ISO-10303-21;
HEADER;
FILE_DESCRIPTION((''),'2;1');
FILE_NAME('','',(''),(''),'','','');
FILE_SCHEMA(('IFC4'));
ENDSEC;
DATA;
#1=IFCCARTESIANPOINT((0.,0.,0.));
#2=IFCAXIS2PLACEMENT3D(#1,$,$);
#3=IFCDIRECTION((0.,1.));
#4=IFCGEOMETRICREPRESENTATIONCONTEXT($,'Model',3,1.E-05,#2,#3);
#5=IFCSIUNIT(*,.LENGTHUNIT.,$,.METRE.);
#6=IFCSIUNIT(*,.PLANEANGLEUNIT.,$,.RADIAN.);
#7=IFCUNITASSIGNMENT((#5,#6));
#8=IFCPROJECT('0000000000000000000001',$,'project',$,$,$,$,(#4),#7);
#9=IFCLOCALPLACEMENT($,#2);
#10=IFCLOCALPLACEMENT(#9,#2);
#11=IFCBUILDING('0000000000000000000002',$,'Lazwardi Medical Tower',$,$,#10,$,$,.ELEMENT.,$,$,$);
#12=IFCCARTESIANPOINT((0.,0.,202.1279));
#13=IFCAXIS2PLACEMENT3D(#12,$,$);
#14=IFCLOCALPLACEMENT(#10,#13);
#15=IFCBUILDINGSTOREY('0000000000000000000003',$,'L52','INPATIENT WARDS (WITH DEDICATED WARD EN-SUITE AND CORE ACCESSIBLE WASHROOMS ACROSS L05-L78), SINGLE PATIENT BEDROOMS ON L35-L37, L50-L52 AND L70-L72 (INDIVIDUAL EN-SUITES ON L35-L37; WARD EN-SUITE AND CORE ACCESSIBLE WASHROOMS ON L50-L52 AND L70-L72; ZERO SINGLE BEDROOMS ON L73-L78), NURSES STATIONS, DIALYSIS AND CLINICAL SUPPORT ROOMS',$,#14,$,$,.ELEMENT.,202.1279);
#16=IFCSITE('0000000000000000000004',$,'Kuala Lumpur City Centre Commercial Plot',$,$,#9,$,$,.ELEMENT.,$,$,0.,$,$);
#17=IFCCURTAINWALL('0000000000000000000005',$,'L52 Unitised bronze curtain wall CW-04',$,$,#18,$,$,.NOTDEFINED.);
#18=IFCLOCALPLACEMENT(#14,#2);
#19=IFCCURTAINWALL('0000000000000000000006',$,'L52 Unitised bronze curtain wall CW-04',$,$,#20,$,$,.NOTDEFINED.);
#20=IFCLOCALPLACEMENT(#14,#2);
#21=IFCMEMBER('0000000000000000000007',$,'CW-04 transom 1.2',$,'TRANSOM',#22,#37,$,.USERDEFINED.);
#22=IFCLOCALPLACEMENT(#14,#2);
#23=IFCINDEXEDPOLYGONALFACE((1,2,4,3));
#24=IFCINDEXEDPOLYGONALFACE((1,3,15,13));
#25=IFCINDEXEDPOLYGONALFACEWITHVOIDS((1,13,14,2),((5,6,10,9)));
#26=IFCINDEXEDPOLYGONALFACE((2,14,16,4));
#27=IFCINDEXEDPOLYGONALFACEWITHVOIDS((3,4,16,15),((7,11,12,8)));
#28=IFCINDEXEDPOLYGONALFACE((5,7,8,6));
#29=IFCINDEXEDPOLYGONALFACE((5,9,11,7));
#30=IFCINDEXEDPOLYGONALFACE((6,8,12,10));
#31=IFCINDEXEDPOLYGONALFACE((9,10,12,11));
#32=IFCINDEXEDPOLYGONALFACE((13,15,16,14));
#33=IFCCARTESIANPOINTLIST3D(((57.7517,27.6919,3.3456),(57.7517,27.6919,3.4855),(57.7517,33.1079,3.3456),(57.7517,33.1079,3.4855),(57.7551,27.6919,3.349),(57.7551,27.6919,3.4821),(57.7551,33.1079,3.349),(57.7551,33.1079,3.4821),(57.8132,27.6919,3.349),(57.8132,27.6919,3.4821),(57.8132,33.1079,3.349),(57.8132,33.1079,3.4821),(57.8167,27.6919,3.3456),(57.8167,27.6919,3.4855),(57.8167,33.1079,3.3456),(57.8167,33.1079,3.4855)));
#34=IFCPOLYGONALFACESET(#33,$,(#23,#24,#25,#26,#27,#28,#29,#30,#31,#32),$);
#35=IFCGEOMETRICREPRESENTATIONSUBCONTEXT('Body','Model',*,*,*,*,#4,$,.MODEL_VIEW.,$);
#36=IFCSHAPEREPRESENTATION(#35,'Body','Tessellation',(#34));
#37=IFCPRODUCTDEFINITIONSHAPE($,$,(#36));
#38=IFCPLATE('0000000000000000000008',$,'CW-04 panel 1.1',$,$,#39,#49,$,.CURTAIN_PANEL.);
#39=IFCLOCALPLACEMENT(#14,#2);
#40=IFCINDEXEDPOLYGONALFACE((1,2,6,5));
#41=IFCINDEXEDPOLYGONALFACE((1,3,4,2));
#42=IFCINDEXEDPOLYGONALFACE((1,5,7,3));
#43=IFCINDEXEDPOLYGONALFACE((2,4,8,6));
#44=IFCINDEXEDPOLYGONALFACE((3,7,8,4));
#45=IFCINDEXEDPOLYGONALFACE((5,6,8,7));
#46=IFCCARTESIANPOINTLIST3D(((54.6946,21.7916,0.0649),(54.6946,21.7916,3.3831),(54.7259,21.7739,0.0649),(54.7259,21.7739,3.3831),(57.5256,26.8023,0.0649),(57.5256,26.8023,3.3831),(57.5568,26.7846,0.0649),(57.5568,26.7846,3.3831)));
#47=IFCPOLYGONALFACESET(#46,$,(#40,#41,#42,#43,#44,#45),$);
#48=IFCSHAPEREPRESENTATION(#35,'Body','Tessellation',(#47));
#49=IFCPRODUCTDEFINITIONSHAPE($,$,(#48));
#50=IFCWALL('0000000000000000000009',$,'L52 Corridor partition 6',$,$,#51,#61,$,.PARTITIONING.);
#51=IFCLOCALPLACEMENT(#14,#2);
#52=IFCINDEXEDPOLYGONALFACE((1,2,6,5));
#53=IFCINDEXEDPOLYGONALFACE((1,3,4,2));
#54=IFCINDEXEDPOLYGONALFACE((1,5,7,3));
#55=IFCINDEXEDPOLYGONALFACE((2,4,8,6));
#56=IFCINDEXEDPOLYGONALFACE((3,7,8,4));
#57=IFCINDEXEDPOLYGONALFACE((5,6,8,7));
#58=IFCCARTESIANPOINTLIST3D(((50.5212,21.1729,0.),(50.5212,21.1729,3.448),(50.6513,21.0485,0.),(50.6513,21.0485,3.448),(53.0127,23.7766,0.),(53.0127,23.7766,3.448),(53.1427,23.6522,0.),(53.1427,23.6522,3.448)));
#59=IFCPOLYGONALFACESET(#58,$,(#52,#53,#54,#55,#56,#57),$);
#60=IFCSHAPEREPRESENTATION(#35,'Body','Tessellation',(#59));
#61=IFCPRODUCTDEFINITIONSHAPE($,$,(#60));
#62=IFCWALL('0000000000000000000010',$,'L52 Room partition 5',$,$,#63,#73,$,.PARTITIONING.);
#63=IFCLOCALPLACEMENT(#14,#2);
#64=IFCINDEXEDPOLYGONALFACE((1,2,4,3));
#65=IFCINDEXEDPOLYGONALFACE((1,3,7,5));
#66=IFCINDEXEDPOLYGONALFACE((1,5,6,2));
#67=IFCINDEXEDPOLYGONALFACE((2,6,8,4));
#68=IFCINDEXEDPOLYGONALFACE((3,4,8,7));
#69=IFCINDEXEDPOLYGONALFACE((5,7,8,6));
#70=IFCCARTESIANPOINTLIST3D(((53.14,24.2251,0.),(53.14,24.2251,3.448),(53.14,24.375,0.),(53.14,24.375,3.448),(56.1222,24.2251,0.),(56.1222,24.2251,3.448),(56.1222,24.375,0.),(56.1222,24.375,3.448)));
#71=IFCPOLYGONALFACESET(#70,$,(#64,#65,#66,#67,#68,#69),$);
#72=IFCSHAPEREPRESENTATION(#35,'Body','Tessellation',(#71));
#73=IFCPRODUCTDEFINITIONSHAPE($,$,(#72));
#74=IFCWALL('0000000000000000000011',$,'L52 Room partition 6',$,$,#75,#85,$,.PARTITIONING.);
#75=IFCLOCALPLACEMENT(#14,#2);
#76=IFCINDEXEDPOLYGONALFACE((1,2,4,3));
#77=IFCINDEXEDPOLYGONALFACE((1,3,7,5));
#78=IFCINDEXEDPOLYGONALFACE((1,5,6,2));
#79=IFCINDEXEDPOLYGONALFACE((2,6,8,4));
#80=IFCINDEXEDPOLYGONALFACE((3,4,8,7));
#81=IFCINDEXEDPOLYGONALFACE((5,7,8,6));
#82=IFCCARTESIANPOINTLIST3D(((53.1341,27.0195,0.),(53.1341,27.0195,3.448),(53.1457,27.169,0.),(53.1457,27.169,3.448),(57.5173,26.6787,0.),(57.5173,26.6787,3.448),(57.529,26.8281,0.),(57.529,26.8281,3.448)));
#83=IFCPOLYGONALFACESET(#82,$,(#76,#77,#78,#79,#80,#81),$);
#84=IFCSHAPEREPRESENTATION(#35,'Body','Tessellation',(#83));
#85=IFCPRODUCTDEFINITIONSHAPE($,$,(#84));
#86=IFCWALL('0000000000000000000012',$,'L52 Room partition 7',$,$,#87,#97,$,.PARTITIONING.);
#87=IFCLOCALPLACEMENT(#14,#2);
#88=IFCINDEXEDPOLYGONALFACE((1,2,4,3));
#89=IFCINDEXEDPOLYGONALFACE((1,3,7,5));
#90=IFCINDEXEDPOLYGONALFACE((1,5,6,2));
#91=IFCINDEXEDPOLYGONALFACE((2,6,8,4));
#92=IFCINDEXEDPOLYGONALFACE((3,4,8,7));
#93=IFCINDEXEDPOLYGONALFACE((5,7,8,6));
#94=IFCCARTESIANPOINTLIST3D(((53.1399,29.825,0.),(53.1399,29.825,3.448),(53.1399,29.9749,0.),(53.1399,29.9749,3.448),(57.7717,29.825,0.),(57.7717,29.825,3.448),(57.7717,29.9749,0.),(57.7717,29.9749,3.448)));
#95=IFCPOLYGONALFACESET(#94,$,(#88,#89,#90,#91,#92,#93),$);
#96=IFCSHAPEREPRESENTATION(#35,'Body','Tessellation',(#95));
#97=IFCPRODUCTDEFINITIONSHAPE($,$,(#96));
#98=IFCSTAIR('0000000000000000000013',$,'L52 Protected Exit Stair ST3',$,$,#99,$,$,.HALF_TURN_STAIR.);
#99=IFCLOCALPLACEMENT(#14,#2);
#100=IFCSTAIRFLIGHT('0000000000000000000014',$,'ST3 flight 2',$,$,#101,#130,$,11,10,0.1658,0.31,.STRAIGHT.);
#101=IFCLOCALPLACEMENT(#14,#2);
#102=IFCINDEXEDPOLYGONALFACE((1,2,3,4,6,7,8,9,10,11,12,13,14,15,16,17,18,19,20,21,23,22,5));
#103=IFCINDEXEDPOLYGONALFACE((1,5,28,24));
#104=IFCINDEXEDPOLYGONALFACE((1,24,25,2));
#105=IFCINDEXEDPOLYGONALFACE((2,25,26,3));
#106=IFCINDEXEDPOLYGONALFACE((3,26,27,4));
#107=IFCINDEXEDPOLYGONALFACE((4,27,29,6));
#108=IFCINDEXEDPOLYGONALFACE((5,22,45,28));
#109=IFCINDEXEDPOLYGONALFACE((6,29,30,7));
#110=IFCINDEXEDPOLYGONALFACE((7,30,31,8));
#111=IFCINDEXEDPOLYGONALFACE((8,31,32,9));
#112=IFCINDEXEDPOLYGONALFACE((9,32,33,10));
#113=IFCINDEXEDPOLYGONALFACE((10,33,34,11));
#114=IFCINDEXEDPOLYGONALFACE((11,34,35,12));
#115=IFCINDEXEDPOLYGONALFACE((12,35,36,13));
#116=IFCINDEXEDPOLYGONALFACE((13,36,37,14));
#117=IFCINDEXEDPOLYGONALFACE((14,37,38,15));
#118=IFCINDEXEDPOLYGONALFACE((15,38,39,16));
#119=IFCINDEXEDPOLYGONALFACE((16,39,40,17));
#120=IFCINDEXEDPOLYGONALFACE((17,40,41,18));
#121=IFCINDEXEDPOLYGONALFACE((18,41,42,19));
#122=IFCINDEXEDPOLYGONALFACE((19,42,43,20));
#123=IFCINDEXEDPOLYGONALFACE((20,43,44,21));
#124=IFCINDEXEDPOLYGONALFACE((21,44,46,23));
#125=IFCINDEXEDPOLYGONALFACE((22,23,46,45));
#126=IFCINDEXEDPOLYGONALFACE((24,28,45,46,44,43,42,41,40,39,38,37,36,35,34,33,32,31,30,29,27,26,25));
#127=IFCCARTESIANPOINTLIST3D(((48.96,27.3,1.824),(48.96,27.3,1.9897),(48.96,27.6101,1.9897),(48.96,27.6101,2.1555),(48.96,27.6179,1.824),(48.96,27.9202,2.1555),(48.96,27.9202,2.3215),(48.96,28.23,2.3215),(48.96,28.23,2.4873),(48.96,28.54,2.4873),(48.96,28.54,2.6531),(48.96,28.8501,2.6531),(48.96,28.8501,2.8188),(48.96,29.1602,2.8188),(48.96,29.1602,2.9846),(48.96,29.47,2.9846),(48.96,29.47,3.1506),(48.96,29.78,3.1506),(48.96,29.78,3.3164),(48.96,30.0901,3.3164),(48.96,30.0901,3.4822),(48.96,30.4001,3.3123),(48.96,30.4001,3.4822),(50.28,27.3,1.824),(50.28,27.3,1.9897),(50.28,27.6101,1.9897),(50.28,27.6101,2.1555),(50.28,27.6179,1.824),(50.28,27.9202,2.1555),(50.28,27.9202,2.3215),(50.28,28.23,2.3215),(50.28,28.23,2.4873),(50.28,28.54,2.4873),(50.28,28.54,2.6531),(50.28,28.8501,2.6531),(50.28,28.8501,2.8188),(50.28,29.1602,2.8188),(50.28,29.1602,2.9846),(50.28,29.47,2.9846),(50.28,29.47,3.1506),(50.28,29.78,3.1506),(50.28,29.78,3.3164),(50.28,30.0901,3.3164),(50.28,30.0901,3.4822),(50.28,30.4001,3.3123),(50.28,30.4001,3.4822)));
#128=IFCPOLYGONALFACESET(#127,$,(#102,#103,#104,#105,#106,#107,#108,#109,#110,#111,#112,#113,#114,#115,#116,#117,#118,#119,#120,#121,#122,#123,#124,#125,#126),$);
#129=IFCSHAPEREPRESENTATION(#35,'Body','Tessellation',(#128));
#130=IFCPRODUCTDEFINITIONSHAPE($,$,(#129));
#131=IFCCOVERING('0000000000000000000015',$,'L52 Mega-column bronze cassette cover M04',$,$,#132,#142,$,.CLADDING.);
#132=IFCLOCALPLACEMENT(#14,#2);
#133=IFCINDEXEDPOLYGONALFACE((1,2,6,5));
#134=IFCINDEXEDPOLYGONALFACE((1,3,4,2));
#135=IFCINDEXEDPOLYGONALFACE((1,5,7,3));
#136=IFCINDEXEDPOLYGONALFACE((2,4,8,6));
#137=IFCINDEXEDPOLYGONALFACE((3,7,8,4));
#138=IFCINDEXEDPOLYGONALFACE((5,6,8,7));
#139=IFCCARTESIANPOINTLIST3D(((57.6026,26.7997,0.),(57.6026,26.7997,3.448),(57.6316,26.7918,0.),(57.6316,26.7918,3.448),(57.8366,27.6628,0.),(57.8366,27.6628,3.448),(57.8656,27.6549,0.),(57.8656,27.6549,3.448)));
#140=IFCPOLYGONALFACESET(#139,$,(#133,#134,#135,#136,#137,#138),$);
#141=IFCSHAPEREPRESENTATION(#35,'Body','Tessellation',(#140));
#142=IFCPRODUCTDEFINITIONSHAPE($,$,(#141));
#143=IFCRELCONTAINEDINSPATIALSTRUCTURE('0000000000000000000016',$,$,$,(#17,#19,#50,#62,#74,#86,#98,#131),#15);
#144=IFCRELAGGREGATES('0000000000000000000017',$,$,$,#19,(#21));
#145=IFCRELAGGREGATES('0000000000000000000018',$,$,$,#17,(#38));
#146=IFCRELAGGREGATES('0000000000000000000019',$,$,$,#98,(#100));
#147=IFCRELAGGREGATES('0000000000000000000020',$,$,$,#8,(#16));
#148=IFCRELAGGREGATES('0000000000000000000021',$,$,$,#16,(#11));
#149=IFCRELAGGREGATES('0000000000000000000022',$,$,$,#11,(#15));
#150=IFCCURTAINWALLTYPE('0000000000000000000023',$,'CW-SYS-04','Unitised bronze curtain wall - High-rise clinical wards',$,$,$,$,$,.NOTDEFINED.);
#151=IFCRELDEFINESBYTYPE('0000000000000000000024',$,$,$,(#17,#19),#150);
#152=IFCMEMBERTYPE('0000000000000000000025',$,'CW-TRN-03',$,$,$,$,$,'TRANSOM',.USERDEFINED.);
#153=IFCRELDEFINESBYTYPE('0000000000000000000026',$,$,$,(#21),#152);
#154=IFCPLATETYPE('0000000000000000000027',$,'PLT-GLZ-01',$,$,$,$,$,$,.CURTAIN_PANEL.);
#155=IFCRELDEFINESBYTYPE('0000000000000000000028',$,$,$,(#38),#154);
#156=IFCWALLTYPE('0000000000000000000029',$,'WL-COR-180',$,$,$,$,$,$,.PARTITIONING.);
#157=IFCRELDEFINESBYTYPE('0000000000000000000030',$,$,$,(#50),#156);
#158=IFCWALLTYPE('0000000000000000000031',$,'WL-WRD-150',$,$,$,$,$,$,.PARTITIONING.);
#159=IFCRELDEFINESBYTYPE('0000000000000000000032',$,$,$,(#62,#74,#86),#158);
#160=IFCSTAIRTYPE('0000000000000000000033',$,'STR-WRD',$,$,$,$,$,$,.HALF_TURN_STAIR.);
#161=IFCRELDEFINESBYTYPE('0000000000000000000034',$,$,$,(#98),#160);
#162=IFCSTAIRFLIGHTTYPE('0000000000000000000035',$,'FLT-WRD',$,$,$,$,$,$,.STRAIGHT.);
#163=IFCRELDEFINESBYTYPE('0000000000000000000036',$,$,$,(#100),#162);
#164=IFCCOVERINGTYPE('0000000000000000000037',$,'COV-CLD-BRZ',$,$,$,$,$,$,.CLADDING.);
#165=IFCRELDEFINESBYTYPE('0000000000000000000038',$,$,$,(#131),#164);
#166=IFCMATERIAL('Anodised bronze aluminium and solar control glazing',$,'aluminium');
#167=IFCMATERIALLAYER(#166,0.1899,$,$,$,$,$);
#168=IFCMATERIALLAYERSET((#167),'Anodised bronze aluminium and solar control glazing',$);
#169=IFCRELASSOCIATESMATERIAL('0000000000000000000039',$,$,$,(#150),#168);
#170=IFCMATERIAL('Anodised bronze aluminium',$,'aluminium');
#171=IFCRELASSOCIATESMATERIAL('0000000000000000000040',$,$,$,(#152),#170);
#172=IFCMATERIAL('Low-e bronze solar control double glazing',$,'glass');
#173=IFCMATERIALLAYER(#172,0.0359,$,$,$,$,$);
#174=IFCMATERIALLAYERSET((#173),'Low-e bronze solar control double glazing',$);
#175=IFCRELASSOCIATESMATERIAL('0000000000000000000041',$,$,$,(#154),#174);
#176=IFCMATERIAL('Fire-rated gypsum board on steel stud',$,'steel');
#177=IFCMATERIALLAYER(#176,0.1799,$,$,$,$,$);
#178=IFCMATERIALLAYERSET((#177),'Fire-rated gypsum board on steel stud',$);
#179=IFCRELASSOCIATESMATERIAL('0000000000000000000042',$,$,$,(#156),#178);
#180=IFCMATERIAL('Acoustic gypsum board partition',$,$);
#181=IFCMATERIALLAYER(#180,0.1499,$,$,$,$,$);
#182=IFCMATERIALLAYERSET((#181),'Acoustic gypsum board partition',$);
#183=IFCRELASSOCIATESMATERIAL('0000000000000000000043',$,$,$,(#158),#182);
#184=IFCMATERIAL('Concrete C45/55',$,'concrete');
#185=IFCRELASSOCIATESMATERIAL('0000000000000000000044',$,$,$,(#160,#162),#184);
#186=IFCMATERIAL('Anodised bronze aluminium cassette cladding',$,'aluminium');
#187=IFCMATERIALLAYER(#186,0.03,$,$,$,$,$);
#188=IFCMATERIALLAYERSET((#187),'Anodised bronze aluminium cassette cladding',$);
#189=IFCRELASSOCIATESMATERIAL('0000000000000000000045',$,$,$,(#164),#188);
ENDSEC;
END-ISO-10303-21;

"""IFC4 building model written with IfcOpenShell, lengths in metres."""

from ifc_helpers import new_model, si_unit, direction, frame, frame_2d, origin, origin_2d, place, context, subcontext, project, spatial, polyline, rectangle, hollow_rectangle, outline, extrude, material, layer, layer_set, material_profile, profile_set, type_object, element, aggregate, save


model = new_model("IFC4")

# Units and contexts
model_context = context("Model", 3, precision=1e-05, world=origin(), true_north=direction((0.0, 1.0)))
body_context = subcontext(model_context, "Body", "Model", "MODEL_VIEW")
ifc_project = project(units=[si_unit("LENGTHUNIT", "METRE"), si_unit("PLANEANGLEUNIT", "RADIAN")], contexts=[model_context])

# Site, building, storey
site_placement = place(None, origin())
site = spatial("IfcSite", under=ifc_project, at=site_placement, Name="Kuala Lumpur City Centre Commercial Plot", CompositionType="ELEMENT", RefElevation=0.0)
building_placement = place(site_placement, origin())
building = spatial("IfcBuilding", under=site, at=building_placement, Name="Lazwardi Medical Tower", CompositionType="ELEMENT")
storey_placement = place(building_placement, frame((0.0, 0.0, 202.1279)))
storey = spatial("IfcBuildingStorey", under=building, at=storey_placement, Name="L52", Description="INPATIENT WARDS (WITH DEDICATED WARD EN-SUITE AND CORE ACCESSIBLE WASHROOMS ACROSS L05-L78), SINGLE PATIENT BEDROOMS ON L35-L37, L50-L52 AND L70-L72 (INDIVIDUAL EN-SUITES ON L35-L37; WARD EN-SUITE AND CORE ACCESSIBLE WASHROOMS ON L50-L52 AND L70-L72; ZERO SINGLE BEDROOMS ON L73-L78), NURSES STATIONS, DIALYSIS AND CLINICAL SUPPORT ROOMS", CompositionType="ELEMENT", Elevation=202.1279)

# Curtain wall
ifc_material_1 = material(Name="Anodised bronze aluminium and solar control glazing", Category="aluminium")
ifc_layer_1 = layer(ifc_material_1, 0.1899)
ifc_layer_set_1 = layer_set([ifc_layer_1], Name="Anodised bronze aluminium and solar control glazing")
curtain_wall_type = type_object("IfcCurtainWallType", Name="CW-SYS-04", Description="Unitised bronze curtain wall - High-rise clinical wards", PredefinedType="NOTDEFINED", material=ifc_layer_set_1)
curtain_wall_1_placement = place(storey_placement, origin())
curtain_wall_1 = element("IfcCurtainWall", 1, at=curtain_wall_1_placement, inside=storey, type_object=curtain_wall_type, Name="L52 Unitised bronze curtain wall CW-04", PredefinedType="NOTDEFINED")
ifc_material_2 = material(Name="Anodised bronze aluminium", Category="aluminium")

# Curtain wall, member
curtain_wall_2_placement = place(storey_placement, origin())
curtain_wall_2 = element("IfcCurtainWall", 2, at=curtain_wall_2_placement, inside=storey, type_object=curtain_wall_type, Name="L52 Unitised bronze curtain wall CW-04", PredefinedType="NOTDEFINED")
ifc_material_profile_1 = material_profile(ifc_material_2, hollow_rectangle(XDim=0.0649, YDim=0.1399, WallThickness=0.0034, at=origin_2d()), Name="ALU-TRANSOM 140x65x3.5")
ifc_profile_set_1 = profile_set([ifc_material_profile_1], Name="Anodised bronze aluminium")
member_type_1 = type_object("IfcMemberType", Name="CW-TRN-03", ElementType="TRANSOM", PredefinedType="USERDEFINED", material=ifc_profile_set_1)
member_1_placement = place(storey_placement, frame((57.7842, 27.6919, 3.4155), z_axis=(0.0, 1.0, 0.0), x_axis=(-1.0, 0.0, 0.0)))
member_1 = element("IfcMember", 3, at=member_1_placement, type_object=member_type_1, Name="CW-04 transom 1.2", ObjectType="TRANSOM", PredefinedType="USERDEFINED", context=body_context, shape_type="SweptSolid", body=[
    extrude(hollow_rectangle(XDim=0.0649, YDim=0.1399, WallThickness=0.0034, at=origin_2d()), origin(), (0.0, 0.0, 1.0), 5.416),
])
aggregate(curtain_wall_2, [member_1])

# Plate
ifc_material_3 = material(Name="Low-e bronze solar control double glazing", Category="glass")
ifc_layer_2 = layer(ifc_material_3, 0.0359)
ifc_layer_set_2 = layer_set([ifc_layer_2], Name="Low-e bronze solar control double glazing")
plate_type = type_object("IfcPlateType", Name="PLT-GLZ-01", PredefinedType="CURTAIN_PANEL", material=ifc_layer_set_2)
plate_placement = place(storey_placement, frame((56.1257, 24.2881, 0.0649), z_axis=(0.0, 0.0, 1.0), x_axis=(0.4919, 0.870651, 0.0)))
plate = element("IfcPlate", 4, at=plate_placement, type_object=plate_type, Name="CW-04 panel 1.1", PredefinedType="CURTAIN_PANEL", context=body_context, shape_type="SweptSolid", body=[
    extrude(rectangle(XDim=5.7551, YDim=0.0359, at=origin_2d()), origin(), (0.0, 0.0, 1.0), 3.3181),
])
aggregate(curtain_wall_1, [plate])

# Walls
ifc_material_4 = material(Name="Fire-rated gypsum board on steel stud", Category="steel")
ifc_layer_3 = layer(ifc_material_4, 0.1799)
ifc_layer_set_3 = layer_set([ifc_layer_3], Name="Fire-rated gypsum board on steel stud")
wall_type_1 = type_object("IfcWallType", Name="WL-COR-180", PredefinedType="PARTITIONING", material=ifc_layer_set_3)
wall_1_placement = place(storey_placement, frame((53.0776, 23.7144, 0.0), z_axis=(0.0, 0.0, 1.0), x_axis=(-0.691353, -0.722517, 0.0)))
element("IfcWall", 5, at=wall_1_placement, inside=storey, type_object=wall_type_1, Name="L52 Corridor partition 6", PredefinedType="PARTITIONING", context=body_context, shape_type="SweptSolid", body=[
    extrude(rectangle(XDim=3.6038, YDim=0.1799, at=frame_2d((1.8018, 0.0))), origin(), (0.0, 0.0, 1.0), 3.448),
])
ifc_material_5 = material(Name="Acoustic gypsum board partition")
ifc_layer_4 = layer(ifc_material_5, 0.1499)
ifc_layer_set_4 = layer_set([ifc_layer_4], Name="Acoustic gypsum board partition")
wall_type_2 = type_object("IfcWallType", Name="WL-WRD-150", PredefinedType="PARTITIONING", material=ifc_layer_set_4)
wall_2_placement = place(storey_placement, frame((53.1399, 24.3, 0.0), z_axis=(0.0, 0.0, 1.0), x_axis=(1.0, 0.0, 0.0)))
element("IfcWall", 6, at=wall_2_placement, inside=storey, type_object=wall_type_2, Name="L52 Room partition 5", PredefinedType="PARTITIONING", context=body_context, shape_type="SweptSolid", body=[
    extrude(rectangle(XDim=2.9822, YDim=0.1499, at=frame_2d((1.4912, 0.0))), origin(), (0.0, 0.0, 1.0), 3.448),
])
wall_3_placement = place(storey_placement, frame((53.1399, 27.0942, 0.0), z_axis=(0.0, 0.0, 1.0), x_axis=(0.996991, -0.07752, 0.0)))
element("IfcWall", 7, at=wall_3_placement, inside=storey, type_object=wall_type_2, Name="L52 Room partition 6", PredefinedType="PARTITIONING", context=body_context, shape_type="SweptSolid", body=[
    extrude(rectangle(XDim=4.3965, YDim=0.1499, at=frame_2d((2.1982, 0.0))), origin(), (0.0, 0.0, 1.0), 3.448),
])
wall_4_placement = place(storey_placement, frame((53.1399, 29.8999, 0.0), z_axis=(0.0, 0.0, 1.0), x_axis=(1.0, 0.0, 0.0)))
element("IfcWall", 8, at=wall_4_placement, inside=storey, type_object=wall_type_2, Name="L52 Room partition 7", PredefinedType="PARTITIONING", context=body_context, shape_type="SweptSolid", body=[
    extrude(rectangle(XDim=4.6318, YDim=0.1499, at=frame_2d((2.3159, 0.0))), origin(), (0.0, 0.0, 1.0), 3.448),
])

# Stair, stair flight
ifc_material_6 = material(Name="Concrete C45/55", Category="concrete")
stair_type = type_object("IfcStairType", Name="STR-WRD", PredefinedType="HALF_TURN_STAIR", material=ifc_material_6)
stair_placement = place(storey_placement, origin())
stair = element("IfcStair", 9, at=stair_placement, inside=storey, type_object=stair_type, Name="L52 Protected Exit Stair ST3", PredefinedType="HALF_TURN_STAIR")
stair_flight_type = type_object("IfcStairFlightType", Name="FLT-WRD", PredefinedType="STRAIGHT", material=ifc_material_6)
stair_flight_placement = place(storey_placement, frame((49.6201, 27.3, 1.824), z_axis=(0.0, 0.0, 1.0), x_axis=(0.0, 1.0, 0.0)))
stair_flight = element("IfcStairFlight", 10, at=stair_flight_placement, type_object=stair_flight_type, Name="ST3 flight 2", NumberOfRisers=11, NumberOfTreads=10, PredefinedType="STRAIGHT", RiserHeight=0.1658, TreadLength=0.31, context=body_context, shape_type="SweptSolid", body=[
    extrude(outline(polyline([(0.0, 0.0), (0.0, 0.1658), (0.3101, 0.1658), (0.3101, 0.3315), (0.6201, 0.3315), (0.6201, 0.4976), (0.9299, 0.4976), (0.9299, 0.6633), (1.24, 0.6633), (1.24, 0.8291), (1.55, 0.8291), (1.55, 0.9949), (1.8601, 0.9949), (1.8601, 1.1606), (2.1699, 1.1606), (2.1699, 1.3267), (2.48, 1.3267), (2.48, 1.4924), (2.79, 1.4924), (2.79, 1.6582), (3.1001, 1.6582), (3.1001, 1.824), (3.1001, 1.4883), (0.3179, 0.0), (0.0, 0.0)])), frame((0.0, 0.6602, 0.0), z_axis=(0.0, -1.0, 0.0), x_axis=(1.0, 0.0, 0.0)), (0.0, 0.0, 1.0), 1.3201),
])
aggregate(stair, [stair_flight])

# Covering
ifc_material_7 = material(Name="Anodised bronze aluminium cassette cladding", Category="aluminium")
ifc_layer_5 = layer(ifc_material_7, 0.03)
ifc_layer_set_5 = layer_set([ifc_layer_5], Name="Anodised bronze aluminium cassette cladding")
covering_type = type_object("IfcCoveringType", Name="COV-CLD-BRZ", PredefinedType="CLADDING", material=ifc_layer_set_5)
covering_placement = place(storey_placement, frame((57.7341, 27.2273, 0.0), z_axis=(0.0, 0.0, 1.0), x_axis=(0.261642, 0.965165, 0.0)))
element("IfcCovering", 11, at=covering_placement, inside=storey, type_object=covering_type, Name="L52 Mega-column bronze cassette cover M04", PredefinedType="CLADDING", context=body_context, shape_type="SweptSolid", body=[
    extrude(rectangle(XDim=0.8943, YDim=0.03, at=origin_2d()), origin(), (0.0, 0.0, 1.0), 3.448),
])

save(model, "model.ifc")
